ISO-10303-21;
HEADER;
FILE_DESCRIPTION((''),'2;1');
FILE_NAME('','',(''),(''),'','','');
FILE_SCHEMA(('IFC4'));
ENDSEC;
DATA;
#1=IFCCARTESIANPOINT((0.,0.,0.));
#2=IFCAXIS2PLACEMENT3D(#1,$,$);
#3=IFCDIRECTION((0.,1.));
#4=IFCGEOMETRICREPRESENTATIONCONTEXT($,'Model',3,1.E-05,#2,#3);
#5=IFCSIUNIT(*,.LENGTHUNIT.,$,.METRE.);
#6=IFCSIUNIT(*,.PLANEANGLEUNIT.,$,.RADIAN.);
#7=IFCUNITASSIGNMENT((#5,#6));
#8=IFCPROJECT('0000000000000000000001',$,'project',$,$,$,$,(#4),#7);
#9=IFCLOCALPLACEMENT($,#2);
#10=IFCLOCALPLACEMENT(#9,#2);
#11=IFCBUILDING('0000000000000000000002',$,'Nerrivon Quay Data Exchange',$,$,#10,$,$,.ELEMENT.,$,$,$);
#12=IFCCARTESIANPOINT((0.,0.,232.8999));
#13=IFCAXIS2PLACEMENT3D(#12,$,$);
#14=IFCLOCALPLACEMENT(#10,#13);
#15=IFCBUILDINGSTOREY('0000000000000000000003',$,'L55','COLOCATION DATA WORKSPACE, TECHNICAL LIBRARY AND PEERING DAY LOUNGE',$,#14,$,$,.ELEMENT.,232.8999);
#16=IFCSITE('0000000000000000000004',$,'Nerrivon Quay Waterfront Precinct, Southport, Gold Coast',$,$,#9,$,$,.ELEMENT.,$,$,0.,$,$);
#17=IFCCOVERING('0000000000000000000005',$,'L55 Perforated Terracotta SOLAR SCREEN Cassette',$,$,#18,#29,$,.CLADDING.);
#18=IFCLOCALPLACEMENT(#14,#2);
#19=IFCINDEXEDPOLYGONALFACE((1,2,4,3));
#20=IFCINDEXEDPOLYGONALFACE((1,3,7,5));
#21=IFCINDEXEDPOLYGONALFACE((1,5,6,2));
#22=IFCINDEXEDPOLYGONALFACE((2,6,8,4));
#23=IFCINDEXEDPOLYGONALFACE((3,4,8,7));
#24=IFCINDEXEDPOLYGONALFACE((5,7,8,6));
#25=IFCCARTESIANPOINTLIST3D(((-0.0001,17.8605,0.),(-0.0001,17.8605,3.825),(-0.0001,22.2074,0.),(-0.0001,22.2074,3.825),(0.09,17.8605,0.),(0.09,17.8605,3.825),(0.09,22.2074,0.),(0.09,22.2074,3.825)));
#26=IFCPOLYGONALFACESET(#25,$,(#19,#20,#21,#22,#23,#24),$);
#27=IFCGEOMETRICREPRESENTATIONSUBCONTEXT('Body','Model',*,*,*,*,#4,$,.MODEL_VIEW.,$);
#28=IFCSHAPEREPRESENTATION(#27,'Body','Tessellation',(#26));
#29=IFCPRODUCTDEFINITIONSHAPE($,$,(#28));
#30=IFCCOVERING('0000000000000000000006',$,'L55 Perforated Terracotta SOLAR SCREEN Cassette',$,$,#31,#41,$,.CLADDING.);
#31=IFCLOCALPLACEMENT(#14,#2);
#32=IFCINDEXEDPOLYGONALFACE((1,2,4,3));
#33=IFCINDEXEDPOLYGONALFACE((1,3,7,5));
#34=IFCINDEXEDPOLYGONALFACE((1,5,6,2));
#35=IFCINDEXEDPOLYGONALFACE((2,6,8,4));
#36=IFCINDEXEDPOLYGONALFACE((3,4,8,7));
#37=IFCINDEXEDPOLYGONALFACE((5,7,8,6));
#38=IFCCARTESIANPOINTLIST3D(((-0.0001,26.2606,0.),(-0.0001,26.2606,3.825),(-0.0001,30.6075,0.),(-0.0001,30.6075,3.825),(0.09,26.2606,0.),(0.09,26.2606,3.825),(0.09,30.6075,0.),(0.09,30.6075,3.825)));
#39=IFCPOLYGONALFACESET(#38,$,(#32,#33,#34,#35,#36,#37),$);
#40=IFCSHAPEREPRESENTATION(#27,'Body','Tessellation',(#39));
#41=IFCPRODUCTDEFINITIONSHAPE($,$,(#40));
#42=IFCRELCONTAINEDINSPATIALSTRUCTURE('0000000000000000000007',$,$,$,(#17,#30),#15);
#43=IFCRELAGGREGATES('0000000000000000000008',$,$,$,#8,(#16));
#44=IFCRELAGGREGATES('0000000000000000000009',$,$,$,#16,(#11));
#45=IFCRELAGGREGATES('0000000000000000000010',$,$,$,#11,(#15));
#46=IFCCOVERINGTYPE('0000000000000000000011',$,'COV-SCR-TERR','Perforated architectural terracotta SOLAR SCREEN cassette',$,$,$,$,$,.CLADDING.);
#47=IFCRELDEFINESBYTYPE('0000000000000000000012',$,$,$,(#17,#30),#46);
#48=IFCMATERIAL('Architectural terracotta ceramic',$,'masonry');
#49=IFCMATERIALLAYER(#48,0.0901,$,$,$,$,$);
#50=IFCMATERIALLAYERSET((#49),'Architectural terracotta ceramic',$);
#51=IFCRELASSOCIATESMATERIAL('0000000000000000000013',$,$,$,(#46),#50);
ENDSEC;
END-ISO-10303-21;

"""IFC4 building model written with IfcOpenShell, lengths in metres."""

from ifc_helpers import new_model, si_unit, direction, frame, origin, origin_2d, place, context, subcontext, project, spatial, rectangle, extrude, material, layer, layer_set, type_object, element, save


model = new_model("IFC4")

# Units and contexts
model_context = context("Model", 3, precision=1e-05, world=origin(), true_north=direction((0.0, 1.0)))
body_context = subcontext(model_context, "Body", "Model", "MODEL_VIEW")
ifc_project = project(units=[si_unit("LENGTHUNIT", "METRE"), si_unit("PLANEANGLEUNIT", "RADIAN")], contexts=[model_context])

# Site, building, storey
site_placement = place(None, origin())
site = spatial("IfcSite", under=ifc_project, at=site_placement, Name="Nerrivon Quay Waterfront Precinct, Southport, Gold Coast", CompositionType="ELEMENT", RefElevation=0.0)
building_placement = place(site_placement, origin())
building = spatial("IfcBuilding", under=site, at=building_placement, Name="Nerrivon Quay Data Exchange", CompositionType="ELEMENT")
storey_placement = place(building_placement, frame((0.0, 0.0, 232.8999)))
storey = spatial("IfcBuildingStorey", under=building, at=storey_placement, Name="L55", Description="COLOCATION DATA WORKSPACE, TECHNICAL LIBRARY AND PEERING DAY LOUNGE", CompositionType="ELEMENT", Elevation=232.8999)

# Coverings
ifc_material_1 = material(Name="Architectural terracotta ceramic", Category="masonry")
ifc_layer_1 = layer(ifc_material_1, 0.0901)
ifc_layer_set_1 = layer_set([ifc_layer_1], Name="Architectural terracotta ceramic")
covering_type = type_object("IfcCoveringType", Name="COV-SCR-TERR", Description="Perforated architectural terracotta SOLAR SCREEN cassette", PredefinedType="CLADDING", material=ifc_layer_set_1)
for number, where, z_axis, x_axis, name in (
    (1, (0.0449, 20.0339, 0.0), (0.0, 0.0, 1.0), (0.0, 1.0, 0.0), "L55 Perforated Terracotta SOLAR SCREEN Cassette"),
    (2, (0.0449, 28.4341, 0.0), (0.0, 0.0, 1.0), (0.0, 1.0, 0.0), "L55 Perforated Terracotta SOLAR SCREEN Cassette"),
):
    element("IfcCovering", number, at=place(storey_placement, frame(where, z_axis=z_axis, x_axis=x_axis)), inside=storey, type_object=covering_type, Name=name, PredefinedType="CLADDING", context=body_context, shape_type="SweptSolid", body=[
        extrude(rectangle(XDim=4.3469, YDim=0.0901, at=origin_2d()), origin(), (0.0, 0.0, 1.0), 3.825),
    ])

save(model, "model.ifc")
